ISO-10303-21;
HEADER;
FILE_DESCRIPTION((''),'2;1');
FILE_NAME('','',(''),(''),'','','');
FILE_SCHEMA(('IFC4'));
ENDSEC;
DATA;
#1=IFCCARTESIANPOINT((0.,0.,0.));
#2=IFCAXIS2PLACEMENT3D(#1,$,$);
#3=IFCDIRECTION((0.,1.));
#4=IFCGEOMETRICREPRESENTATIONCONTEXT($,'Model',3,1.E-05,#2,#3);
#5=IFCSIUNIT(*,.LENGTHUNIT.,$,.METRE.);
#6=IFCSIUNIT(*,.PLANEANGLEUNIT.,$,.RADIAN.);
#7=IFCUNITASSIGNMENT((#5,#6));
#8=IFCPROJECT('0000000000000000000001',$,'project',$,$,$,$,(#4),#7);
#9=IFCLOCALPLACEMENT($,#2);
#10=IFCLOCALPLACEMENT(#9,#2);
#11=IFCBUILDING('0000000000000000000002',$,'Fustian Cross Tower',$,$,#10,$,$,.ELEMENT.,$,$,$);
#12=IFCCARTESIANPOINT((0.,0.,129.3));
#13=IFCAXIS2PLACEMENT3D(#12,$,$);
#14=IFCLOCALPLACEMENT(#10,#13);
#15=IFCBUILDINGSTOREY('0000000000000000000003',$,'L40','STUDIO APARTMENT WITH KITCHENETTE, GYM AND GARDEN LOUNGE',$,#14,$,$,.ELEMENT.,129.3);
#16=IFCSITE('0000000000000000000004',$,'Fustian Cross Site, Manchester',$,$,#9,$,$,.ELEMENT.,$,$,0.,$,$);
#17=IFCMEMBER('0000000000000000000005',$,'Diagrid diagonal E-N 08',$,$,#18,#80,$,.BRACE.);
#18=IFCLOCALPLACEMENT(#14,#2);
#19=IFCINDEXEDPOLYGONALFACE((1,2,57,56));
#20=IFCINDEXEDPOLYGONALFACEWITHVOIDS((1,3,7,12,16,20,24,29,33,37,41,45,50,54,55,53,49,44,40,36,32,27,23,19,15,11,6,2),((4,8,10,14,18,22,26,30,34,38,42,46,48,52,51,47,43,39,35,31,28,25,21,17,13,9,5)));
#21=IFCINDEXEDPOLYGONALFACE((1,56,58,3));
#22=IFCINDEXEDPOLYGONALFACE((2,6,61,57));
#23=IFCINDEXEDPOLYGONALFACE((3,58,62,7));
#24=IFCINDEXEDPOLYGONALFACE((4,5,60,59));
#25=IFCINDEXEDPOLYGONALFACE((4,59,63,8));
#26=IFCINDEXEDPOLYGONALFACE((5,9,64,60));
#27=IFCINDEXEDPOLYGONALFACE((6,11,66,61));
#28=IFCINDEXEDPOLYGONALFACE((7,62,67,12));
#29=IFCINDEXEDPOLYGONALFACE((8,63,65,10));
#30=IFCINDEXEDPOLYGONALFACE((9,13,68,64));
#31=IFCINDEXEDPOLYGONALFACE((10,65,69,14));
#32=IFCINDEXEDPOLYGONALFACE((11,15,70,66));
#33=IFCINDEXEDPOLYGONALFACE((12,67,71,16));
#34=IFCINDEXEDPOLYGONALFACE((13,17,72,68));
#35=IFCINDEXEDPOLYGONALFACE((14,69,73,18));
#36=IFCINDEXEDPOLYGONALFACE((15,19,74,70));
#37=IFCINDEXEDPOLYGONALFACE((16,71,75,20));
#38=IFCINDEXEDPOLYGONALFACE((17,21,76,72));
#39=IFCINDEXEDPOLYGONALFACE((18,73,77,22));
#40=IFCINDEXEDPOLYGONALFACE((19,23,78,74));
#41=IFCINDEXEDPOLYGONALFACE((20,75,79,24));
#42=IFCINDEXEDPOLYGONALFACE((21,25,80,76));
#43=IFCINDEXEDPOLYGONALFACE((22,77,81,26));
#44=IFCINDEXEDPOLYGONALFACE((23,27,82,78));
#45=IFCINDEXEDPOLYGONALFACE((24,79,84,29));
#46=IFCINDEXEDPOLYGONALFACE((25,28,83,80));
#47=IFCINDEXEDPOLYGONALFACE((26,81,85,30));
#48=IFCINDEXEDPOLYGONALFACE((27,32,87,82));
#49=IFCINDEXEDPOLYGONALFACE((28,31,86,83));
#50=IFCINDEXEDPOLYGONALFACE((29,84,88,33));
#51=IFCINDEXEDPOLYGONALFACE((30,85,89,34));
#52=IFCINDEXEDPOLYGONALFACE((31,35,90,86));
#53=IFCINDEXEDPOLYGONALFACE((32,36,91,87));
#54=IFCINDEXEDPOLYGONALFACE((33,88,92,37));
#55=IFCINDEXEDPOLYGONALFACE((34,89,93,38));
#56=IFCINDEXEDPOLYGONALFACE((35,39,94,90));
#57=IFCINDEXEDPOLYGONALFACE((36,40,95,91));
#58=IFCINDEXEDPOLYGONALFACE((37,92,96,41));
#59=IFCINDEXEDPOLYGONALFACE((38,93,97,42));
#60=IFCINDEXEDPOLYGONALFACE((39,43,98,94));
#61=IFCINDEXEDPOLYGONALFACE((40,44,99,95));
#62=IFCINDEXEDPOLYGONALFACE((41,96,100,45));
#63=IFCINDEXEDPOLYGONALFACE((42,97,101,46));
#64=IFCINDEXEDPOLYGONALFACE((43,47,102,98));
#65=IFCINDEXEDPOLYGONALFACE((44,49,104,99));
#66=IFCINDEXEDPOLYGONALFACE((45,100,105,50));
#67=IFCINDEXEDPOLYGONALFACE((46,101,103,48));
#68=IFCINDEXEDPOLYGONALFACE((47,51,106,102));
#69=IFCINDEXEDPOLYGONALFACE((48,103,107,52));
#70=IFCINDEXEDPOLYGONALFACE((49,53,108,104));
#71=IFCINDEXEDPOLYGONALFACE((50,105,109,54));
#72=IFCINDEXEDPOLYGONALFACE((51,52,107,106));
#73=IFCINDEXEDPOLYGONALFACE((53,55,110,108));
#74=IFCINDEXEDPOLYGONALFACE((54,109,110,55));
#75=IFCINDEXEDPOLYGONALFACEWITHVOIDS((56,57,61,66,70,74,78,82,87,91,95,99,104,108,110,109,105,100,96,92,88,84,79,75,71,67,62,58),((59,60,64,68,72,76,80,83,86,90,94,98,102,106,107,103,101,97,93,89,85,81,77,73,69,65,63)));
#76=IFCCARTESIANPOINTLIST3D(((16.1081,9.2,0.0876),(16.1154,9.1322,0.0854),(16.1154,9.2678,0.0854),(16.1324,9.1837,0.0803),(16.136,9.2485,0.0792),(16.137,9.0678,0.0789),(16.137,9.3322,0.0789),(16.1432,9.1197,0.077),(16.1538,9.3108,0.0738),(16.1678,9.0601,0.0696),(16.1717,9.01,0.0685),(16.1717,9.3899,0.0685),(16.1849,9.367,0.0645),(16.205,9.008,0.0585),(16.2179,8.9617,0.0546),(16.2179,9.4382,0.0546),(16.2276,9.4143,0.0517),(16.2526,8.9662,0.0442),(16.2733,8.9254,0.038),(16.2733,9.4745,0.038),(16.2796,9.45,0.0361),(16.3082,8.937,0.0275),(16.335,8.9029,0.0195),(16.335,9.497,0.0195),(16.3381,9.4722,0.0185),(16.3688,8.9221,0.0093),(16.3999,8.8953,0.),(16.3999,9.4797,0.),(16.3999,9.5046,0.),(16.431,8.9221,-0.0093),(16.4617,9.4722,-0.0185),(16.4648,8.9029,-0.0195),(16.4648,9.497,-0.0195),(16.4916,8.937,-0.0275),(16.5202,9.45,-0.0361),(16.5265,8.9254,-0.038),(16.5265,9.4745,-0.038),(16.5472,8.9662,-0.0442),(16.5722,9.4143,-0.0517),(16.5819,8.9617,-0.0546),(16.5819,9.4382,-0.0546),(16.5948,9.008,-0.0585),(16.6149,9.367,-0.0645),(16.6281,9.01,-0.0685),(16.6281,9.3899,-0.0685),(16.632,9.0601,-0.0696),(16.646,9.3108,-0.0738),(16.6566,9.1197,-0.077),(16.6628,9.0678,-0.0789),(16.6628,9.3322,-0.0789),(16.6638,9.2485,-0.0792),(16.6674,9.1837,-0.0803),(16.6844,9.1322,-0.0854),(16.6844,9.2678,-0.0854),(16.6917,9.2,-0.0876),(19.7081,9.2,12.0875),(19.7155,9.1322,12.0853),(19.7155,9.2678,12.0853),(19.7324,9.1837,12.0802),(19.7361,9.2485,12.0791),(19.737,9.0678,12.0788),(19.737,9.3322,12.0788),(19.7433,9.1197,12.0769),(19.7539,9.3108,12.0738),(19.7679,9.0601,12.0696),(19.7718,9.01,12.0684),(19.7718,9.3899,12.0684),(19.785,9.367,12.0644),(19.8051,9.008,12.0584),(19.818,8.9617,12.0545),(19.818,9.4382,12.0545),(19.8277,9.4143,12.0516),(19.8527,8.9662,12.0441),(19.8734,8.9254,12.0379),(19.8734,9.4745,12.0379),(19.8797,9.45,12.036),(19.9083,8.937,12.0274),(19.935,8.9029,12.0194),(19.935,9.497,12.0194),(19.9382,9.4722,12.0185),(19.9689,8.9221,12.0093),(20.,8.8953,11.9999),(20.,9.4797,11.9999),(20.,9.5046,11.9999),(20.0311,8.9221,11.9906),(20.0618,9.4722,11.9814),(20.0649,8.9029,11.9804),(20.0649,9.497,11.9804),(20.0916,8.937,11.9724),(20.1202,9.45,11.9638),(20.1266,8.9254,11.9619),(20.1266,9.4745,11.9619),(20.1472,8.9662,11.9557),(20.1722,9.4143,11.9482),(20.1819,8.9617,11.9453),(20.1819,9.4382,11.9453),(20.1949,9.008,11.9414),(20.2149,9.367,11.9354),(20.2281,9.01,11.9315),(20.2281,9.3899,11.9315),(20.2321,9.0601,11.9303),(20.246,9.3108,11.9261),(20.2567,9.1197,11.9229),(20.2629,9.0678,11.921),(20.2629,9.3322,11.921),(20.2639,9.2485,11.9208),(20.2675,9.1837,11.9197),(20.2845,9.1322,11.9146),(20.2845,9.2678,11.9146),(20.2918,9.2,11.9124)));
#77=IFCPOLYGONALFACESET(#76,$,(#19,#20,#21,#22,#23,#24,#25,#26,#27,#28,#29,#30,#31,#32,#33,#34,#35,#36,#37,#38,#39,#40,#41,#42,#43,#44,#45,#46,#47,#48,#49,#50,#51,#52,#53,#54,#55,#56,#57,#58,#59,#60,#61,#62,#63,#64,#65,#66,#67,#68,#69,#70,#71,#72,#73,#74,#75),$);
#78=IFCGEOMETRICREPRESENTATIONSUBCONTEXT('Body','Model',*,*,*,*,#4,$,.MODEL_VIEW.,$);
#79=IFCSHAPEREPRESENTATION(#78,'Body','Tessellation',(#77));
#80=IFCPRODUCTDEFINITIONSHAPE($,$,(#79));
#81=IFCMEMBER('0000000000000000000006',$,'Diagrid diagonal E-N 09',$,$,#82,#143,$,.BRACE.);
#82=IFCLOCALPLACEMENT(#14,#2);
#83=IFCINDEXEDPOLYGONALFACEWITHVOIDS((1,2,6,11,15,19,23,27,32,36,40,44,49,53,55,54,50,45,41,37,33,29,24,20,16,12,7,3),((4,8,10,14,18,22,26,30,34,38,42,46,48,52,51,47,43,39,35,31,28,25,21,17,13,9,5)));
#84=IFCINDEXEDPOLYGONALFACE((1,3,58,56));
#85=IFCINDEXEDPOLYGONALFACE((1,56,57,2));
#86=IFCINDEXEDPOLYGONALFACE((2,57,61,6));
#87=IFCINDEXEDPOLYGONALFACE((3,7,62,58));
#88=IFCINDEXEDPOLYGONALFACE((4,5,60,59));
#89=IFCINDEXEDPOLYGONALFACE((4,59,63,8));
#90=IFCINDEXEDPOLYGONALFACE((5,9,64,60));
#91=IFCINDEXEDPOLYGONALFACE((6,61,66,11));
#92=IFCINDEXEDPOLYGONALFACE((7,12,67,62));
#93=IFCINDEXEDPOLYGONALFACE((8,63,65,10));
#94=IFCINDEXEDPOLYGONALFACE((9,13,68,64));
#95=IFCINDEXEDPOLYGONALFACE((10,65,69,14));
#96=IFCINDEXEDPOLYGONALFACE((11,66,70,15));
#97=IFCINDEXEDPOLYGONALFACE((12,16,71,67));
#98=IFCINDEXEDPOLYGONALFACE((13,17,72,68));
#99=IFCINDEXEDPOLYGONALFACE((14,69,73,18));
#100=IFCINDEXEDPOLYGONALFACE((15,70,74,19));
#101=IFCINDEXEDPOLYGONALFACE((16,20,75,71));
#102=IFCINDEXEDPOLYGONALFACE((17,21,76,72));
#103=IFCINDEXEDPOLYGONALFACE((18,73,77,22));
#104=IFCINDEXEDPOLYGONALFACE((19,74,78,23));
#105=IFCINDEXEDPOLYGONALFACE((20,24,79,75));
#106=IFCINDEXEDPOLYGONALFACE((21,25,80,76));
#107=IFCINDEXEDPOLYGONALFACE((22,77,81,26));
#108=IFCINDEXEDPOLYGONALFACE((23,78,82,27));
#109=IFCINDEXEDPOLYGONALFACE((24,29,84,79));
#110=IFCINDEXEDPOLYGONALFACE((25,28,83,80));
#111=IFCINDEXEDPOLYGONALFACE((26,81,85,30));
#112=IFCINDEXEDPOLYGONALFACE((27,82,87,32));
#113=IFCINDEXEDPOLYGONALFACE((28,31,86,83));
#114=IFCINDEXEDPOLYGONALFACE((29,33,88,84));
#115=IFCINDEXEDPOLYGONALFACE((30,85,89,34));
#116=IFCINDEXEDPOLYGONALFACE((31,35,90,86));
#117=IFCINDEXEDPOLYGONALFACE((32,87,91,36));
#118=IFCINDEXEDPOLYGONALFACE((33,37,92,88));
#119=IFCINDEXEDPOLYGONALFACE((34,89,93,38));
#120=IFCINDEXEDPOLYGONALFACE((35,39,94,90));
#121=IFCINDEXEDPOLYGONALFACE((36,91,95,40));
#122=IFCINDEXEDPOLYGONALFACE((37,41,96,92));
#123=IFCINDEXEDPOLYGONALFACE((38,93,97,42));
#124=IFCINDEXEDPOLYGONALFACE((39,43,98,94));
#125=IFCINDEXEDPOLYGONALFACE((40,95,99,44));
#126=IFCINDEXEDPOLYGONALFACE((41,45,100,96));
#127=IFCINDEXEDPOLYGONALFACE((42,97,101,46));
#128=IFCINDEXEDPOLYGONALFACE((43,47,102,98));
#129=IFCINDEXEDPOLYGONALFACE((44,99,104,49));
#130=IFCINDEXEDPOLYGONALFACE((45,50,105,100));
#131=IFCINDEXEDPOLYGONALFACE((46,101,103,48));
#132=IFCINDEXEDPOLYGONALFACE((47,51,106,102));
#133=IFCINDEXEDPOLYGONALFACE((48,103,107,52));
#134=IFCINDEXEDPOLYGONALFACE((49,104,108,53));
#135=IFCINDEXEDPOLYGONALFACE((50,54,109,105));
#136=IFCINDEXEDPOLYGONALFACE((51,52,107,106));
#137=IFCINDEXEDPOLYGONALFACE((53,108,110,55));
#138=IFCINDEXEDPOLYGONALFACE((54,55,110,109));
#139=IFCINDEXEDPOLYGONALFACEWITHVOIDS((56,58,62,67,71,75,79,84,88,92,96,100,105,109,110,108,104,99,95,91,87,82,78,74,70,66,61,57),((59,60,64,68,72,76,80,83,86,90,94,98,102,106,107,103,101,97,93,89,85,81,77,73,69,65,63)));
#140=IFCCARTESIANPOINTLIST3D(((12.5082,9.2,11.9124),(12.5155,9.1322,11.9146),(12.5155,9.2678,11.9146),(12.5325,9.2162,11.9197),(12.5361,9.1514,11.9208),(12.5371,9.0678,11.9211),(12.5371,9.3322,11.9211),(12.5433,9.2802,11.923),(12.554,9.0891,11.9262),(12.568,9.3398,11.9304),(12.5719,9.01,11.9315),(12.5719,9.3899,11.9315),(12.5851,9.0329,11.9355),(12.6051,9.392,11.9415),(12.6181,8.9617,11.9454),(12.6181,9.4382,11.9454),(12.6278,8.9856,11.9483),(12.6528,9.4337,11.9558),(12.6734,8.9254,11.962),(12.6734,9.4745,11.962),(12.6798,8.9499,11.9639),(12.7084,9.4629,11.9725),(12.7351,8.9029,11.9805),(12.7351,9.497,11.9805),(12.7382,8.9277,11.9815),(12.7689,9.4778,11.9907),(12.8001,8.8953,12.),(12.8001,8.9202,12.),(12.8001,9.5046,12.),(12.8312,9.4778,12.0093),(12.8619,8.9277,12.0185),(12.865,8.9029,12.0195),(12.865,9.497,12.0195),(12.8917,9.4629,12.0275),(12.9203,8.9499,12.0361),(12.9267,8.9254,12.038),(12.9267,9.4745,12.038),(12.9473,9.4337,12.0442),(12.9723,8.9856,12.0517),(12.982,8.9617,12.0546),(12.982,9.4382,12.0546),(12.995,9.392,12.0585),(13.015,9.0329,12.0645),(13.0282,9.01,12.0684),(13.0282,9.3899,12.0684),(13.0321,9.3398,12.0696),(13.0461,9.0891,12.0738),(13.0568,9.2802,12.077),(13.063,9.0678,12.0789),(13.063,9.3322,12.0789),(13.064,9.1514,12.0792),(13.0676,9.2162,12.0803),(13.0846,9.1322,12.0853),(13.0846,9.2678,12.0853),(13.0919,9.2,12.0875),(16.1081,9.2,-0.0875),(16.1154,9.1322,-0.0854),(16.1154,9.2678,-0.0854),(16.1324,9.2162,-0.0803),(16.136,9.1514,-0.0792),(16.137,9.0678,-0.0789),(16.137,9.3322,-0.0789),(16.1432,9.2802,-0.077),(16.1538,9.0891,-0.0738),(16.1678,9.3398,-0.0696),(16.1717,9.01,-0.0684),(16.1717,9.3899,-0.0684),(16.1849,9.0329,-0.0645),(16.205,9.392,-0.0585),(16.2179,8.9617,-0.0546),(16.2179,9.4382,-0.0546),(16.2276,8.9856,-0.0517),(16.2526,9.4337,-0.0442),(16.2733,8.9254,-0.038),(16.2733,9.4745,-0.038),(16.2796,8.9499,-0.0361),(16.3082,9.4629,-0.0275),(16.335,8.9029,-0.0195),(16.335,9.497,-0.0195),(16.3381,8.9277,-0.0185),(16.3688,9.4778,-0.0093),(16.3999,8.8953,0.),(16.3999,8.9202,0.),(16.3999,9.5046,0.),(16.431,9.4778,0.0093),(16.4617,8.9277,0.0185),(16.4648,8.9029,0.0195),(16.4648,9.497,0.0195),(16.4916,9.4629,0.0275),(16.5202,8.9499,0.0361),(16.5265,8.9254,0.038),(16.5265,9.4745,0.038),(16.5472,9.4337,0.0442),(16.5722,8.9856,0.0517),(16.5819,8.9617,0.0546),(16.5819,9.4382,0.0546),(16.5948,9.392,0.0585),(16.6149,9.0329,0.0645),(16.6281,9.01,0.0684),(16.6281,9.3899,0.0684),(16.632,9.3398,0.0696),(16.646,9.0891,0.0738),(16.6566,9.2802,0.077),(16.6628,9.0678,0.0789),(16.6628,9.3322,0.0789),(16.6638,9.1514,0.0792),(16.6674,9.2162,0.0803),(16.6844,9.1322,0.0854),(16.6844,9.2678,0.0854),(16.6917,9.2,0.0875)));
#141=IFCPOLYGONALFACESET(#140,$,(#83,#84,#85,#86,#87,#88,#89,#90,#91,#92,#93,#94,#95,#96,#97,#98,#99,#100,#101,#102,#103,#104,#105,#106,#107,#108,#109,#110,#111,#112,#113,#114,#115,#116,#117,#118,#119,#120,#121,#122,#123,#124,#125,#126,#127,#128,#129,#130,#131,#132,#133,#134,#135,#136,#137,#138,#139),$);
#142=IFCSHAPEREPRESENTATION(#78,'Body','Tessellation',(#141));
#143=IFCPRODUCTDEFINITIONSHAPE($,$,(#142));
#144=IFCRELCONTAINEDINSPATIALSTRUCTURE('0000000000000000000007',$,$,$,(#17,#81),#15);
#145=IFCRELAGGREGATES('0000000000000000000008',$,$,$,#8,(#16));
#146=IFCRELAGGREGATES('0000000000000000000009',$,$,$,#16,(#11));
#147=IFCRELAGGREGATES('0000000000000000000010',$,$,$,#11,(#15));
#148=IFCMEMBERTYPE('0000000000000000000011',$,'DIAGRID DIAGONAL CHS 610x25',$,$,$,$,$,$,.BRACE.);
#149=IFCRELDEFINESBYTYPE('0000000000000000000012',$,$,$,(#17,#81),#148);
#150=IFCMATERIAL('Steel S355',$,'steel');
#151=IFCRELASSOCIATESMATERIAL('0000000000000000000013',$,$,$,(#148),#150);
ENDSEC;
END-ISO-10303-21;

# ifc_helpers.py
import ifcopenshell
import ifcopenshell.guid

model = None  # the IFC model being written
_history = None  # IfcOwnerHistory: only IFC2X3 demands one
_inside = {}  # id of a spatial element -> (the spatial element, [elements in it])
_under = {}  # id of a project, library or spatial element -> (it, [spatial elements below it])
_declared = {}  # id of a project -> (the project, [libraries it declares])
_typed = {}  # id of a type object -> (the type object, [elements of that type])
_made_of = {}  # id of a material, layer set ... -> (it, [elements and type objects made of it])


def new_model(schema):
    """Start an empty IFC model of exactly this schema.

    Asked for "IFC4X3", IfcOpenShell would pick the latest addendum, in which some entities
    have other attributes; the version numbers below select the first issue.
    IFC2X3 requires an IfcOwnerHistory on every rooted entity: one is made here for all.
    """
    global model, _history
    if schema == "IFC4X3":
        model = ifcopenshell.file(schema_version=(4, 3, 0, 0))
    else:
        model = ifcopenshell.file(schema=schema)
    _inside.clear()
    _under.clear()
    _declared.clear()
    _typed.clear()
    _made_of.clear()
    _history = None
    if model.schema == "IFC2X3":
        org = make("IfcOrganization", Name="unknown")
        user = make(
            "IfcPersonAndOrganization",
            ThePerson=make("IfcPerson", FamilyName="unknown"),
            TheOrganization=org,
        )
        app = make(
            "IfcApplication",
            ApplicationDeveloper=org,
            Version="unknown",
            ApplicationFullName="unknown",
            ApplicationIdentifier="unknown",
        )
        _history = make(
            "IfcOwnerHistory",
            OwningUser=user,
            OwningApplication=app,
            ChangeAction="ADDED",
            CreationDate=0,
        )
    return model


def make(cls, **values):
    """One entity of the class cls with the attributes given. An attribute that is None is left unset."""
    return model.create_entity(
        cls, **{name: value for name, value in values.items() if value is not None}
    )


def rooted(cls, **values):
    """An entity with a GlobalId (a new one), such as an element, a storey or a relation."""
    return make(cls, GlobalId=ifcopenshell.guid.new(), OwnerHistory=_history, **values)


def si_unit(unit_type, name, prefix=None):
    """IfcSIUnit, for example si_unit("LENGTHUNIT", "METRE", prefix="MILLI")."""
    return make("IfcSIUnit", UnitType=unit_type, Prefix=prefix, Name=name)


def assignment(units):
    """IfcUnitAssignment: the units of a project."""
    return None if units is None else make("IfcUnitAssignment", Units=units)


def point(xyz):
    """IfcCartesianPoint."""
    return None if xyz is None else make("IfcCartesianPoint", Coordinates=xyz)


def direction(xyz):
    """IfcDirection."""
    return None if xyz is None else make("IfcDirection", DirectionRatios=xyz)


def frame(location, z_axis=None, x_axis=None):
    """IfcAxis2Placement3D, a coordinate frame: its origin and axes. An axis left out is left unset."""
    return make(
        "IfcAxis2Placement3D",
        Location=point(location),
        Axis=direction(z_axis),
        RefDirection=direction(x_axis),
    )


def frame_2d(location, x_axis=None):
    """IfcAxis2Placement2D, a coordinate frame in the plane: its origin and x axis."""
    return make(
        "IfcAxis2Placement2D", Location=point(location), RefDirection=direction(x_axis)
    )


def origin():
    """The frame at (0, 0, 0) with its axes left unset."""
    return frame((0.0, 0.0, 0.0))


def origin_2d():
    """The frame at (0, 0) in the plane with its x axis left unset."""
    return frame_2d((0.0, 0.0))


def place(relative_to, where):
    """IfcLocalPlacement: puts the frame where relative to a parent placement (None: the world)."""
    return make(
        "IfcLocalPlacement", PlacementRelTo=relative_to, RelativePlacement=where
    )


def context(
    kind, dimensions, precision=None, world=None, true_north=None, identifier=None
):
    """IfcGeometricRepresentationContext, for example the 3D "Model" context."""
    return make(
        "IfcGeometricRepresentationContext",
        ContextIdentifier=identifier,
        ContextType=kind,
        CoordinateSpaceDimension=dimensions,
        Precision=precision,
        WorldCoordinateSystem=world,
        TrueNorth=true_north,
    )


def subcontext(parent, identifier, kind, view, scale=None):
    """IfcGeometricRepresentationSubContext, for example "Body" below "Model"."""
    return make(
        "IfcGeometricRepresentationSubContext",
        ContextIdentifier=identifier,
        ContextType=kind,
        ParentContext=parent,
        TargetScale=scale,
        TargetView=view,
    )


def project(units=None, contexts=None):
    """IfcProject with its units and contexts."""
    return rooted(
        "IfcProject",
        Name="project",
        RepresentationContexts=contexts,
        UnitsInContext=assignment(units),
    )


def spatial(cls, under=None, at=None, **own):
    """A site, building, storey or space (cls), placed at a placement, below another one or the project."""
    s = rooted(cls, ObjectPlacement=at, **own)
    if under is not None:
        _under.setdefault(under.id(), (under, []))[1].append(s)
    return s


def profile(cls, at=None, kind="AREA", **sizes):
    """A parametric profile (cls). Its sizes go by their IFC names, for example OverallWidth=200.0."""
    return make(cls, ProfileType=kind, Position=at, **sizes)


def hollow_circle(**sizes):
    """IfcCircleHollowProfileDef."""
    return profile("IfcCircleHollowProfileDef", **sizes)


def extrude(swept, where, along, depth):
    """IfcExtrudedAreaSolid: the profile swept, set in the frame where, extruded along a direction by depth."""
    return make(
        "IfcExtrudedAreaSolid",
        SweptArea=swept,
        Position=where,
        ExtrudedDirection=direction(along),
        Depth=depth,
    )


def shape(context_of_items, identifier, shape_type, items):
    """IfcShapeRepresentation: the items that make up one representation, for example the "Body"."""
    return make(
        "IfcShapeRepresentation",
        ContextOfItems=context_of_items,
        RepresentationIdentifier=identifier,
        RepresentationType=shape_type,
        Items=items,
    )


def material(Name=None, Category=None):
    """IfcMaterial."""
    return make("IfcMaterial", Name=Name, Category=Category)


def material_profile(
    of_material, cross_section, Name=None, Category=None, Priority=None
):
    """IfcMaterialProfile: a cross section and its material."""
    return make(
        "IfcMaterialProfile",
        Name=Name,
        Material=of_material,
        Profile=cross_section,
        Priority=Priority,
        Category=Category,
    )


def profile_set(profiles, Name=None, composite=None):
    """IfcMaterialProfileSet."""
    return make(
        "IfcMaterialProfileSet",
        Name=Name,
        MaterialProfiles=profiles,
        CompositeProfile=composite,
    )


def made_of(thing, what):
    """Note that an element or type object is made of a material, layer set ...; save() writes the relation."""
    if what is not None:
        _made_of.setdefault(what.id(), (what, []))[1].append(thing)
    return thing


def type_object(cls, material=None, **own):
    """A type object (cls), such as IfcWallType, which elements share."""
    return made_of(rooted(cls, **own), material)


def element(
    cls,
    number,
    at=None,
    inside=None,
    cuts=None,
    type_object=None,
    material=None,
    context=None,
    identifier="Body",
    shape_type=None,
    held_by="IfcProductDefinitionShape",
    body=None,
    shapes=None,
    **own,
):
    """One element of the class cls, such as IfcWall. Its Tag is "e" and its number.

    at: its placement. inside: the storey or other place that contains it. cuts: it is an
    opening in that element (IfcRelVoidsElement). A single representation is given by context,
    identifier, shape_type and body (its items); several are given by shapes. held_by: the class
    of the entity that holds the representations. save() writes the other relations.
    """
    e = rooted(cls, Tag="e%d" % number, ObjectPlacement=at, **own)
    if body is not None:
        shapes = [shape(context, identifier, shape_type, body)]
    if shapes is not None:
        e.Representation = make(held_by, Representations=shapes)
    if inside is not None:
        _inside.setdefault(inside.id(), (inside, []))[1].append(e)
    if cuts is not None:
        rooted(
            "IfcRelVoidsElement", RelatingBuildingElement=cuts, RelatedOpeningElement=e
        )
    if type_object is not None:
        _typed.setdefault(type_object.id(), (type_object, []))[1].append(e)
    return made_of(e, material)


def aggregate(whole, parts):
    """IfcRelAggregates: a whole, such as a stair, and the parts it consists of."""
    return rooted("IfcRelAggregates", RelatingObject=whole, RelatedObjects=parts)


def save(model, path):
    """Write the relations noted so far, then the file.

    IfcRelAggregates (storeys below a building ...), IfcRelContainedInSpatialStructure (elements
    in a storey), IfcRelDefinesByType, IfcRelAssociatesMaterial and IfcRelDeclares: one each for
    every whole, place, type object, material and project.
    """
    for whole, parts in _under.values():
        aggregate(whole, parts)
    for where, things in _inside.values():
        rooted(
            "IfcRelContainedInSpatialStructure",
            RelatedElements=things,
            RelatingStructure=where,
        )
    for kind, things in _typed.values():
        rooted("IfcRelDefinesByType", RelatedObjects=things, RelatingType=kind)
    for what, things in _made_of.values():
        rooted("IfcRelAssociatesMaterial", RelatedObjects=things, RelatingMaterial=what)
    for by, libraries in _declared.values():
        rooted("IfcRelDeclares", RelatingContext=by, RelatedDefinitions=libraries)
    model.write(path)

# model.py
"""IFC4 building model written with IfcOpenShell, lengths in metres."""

from ifc_helpers import new_model, si_unit, direction, frame, origin, origin_2d, place, context, subcontext, project, spatial, hollow_circle, extrude, material, material_profile, profile_set, type_object, element, save


model = new_model("IFC4")

# Units and contexts
model_context = context("Model", 3, precision=1e-05, world=origin(), true_north=direction((0.0, 1.0)))
body_context = subcontext(model_context, "Body", "Model", "MODEL_VIEW")
ifc_project = project(units=[si_unit("LENGTHUNIT", "METRE"), si_unit("PLANEANGLEUNIT", "RADIAN")], contexts=[model_context])

# Site, building, storey
site_placement = place(None, origin())
site = spatial("IfcSite", under=ifc_project, at=site_placement, Name="Fustian Cross Site, Manchester", CompositionType="ELEMENT", RefElevation=0.0)
building_placement = place(site_placement, origin())
building = spatial("IfcBuilding", under=site, at=building_placement, Name="Fustian Cross Tower", CompositionType="ELEMENT")
storey_placement = place(building_placement, frame((0.0, 0.0, 129.3)))
storey = spatial("IfcBuildingStorey", under=building, at=storey_placement, Name="L40", Description="STUDIO APARTMENT WITH KITCHENETTE, GYM AND GARDEN LOUNGE", CompositionType="ELEMENT", Elevation=129.3)

# Members
ifc_material_1 = material(Name="Steel S355", Category="steel")
ifc_material_profile_1 = material_profile(ifc_material_1, hollow_circle(Radius=0.3047, WallThickness=0.0249, at=origin_2d()), Name="CHS 610x25")
ifc_profile_set_1 = profile_set([ifc_material_profile_1], Name="Steel S355")
member_type_1 = type_object("IfcMemberType", Name="DIAGRID DIAGONAL CHS 610x25", PredefinedType="BRACE", material=ifc_profile_set_1)
for number, where, z_axis, x_axis, name in (
    (1, (16.3999, 9.2, 0.0), (0.287355, 0.0, 0.957824), (0.0, 1.0, 0.0), "Diagrid diagonal E-N 08"),
    (2, (16.3999, 9.2, 0.0), (-0.287337, 0.0, 0.95783), (0.0, -1.0, 0.0), "Diagrid diagonal E-N 09"),
):
    element("IfcMember", number, at=place(storey_placement, frame(where, z_axis=z_axis, x_axis=x_axis)), inside=storey, type_object=member_type_1, Name=name, PredefinedType="BRACE", context=body_context, shape_type="SweptSolid", body=[
        extrude(hollow_circle(Radius=0.3047, WallThickness=0.0249, at=origin_2d()), origin(), (0.0, 0.0, 1.0), 12.5283),
    ])

save(model, "model.ifc")
